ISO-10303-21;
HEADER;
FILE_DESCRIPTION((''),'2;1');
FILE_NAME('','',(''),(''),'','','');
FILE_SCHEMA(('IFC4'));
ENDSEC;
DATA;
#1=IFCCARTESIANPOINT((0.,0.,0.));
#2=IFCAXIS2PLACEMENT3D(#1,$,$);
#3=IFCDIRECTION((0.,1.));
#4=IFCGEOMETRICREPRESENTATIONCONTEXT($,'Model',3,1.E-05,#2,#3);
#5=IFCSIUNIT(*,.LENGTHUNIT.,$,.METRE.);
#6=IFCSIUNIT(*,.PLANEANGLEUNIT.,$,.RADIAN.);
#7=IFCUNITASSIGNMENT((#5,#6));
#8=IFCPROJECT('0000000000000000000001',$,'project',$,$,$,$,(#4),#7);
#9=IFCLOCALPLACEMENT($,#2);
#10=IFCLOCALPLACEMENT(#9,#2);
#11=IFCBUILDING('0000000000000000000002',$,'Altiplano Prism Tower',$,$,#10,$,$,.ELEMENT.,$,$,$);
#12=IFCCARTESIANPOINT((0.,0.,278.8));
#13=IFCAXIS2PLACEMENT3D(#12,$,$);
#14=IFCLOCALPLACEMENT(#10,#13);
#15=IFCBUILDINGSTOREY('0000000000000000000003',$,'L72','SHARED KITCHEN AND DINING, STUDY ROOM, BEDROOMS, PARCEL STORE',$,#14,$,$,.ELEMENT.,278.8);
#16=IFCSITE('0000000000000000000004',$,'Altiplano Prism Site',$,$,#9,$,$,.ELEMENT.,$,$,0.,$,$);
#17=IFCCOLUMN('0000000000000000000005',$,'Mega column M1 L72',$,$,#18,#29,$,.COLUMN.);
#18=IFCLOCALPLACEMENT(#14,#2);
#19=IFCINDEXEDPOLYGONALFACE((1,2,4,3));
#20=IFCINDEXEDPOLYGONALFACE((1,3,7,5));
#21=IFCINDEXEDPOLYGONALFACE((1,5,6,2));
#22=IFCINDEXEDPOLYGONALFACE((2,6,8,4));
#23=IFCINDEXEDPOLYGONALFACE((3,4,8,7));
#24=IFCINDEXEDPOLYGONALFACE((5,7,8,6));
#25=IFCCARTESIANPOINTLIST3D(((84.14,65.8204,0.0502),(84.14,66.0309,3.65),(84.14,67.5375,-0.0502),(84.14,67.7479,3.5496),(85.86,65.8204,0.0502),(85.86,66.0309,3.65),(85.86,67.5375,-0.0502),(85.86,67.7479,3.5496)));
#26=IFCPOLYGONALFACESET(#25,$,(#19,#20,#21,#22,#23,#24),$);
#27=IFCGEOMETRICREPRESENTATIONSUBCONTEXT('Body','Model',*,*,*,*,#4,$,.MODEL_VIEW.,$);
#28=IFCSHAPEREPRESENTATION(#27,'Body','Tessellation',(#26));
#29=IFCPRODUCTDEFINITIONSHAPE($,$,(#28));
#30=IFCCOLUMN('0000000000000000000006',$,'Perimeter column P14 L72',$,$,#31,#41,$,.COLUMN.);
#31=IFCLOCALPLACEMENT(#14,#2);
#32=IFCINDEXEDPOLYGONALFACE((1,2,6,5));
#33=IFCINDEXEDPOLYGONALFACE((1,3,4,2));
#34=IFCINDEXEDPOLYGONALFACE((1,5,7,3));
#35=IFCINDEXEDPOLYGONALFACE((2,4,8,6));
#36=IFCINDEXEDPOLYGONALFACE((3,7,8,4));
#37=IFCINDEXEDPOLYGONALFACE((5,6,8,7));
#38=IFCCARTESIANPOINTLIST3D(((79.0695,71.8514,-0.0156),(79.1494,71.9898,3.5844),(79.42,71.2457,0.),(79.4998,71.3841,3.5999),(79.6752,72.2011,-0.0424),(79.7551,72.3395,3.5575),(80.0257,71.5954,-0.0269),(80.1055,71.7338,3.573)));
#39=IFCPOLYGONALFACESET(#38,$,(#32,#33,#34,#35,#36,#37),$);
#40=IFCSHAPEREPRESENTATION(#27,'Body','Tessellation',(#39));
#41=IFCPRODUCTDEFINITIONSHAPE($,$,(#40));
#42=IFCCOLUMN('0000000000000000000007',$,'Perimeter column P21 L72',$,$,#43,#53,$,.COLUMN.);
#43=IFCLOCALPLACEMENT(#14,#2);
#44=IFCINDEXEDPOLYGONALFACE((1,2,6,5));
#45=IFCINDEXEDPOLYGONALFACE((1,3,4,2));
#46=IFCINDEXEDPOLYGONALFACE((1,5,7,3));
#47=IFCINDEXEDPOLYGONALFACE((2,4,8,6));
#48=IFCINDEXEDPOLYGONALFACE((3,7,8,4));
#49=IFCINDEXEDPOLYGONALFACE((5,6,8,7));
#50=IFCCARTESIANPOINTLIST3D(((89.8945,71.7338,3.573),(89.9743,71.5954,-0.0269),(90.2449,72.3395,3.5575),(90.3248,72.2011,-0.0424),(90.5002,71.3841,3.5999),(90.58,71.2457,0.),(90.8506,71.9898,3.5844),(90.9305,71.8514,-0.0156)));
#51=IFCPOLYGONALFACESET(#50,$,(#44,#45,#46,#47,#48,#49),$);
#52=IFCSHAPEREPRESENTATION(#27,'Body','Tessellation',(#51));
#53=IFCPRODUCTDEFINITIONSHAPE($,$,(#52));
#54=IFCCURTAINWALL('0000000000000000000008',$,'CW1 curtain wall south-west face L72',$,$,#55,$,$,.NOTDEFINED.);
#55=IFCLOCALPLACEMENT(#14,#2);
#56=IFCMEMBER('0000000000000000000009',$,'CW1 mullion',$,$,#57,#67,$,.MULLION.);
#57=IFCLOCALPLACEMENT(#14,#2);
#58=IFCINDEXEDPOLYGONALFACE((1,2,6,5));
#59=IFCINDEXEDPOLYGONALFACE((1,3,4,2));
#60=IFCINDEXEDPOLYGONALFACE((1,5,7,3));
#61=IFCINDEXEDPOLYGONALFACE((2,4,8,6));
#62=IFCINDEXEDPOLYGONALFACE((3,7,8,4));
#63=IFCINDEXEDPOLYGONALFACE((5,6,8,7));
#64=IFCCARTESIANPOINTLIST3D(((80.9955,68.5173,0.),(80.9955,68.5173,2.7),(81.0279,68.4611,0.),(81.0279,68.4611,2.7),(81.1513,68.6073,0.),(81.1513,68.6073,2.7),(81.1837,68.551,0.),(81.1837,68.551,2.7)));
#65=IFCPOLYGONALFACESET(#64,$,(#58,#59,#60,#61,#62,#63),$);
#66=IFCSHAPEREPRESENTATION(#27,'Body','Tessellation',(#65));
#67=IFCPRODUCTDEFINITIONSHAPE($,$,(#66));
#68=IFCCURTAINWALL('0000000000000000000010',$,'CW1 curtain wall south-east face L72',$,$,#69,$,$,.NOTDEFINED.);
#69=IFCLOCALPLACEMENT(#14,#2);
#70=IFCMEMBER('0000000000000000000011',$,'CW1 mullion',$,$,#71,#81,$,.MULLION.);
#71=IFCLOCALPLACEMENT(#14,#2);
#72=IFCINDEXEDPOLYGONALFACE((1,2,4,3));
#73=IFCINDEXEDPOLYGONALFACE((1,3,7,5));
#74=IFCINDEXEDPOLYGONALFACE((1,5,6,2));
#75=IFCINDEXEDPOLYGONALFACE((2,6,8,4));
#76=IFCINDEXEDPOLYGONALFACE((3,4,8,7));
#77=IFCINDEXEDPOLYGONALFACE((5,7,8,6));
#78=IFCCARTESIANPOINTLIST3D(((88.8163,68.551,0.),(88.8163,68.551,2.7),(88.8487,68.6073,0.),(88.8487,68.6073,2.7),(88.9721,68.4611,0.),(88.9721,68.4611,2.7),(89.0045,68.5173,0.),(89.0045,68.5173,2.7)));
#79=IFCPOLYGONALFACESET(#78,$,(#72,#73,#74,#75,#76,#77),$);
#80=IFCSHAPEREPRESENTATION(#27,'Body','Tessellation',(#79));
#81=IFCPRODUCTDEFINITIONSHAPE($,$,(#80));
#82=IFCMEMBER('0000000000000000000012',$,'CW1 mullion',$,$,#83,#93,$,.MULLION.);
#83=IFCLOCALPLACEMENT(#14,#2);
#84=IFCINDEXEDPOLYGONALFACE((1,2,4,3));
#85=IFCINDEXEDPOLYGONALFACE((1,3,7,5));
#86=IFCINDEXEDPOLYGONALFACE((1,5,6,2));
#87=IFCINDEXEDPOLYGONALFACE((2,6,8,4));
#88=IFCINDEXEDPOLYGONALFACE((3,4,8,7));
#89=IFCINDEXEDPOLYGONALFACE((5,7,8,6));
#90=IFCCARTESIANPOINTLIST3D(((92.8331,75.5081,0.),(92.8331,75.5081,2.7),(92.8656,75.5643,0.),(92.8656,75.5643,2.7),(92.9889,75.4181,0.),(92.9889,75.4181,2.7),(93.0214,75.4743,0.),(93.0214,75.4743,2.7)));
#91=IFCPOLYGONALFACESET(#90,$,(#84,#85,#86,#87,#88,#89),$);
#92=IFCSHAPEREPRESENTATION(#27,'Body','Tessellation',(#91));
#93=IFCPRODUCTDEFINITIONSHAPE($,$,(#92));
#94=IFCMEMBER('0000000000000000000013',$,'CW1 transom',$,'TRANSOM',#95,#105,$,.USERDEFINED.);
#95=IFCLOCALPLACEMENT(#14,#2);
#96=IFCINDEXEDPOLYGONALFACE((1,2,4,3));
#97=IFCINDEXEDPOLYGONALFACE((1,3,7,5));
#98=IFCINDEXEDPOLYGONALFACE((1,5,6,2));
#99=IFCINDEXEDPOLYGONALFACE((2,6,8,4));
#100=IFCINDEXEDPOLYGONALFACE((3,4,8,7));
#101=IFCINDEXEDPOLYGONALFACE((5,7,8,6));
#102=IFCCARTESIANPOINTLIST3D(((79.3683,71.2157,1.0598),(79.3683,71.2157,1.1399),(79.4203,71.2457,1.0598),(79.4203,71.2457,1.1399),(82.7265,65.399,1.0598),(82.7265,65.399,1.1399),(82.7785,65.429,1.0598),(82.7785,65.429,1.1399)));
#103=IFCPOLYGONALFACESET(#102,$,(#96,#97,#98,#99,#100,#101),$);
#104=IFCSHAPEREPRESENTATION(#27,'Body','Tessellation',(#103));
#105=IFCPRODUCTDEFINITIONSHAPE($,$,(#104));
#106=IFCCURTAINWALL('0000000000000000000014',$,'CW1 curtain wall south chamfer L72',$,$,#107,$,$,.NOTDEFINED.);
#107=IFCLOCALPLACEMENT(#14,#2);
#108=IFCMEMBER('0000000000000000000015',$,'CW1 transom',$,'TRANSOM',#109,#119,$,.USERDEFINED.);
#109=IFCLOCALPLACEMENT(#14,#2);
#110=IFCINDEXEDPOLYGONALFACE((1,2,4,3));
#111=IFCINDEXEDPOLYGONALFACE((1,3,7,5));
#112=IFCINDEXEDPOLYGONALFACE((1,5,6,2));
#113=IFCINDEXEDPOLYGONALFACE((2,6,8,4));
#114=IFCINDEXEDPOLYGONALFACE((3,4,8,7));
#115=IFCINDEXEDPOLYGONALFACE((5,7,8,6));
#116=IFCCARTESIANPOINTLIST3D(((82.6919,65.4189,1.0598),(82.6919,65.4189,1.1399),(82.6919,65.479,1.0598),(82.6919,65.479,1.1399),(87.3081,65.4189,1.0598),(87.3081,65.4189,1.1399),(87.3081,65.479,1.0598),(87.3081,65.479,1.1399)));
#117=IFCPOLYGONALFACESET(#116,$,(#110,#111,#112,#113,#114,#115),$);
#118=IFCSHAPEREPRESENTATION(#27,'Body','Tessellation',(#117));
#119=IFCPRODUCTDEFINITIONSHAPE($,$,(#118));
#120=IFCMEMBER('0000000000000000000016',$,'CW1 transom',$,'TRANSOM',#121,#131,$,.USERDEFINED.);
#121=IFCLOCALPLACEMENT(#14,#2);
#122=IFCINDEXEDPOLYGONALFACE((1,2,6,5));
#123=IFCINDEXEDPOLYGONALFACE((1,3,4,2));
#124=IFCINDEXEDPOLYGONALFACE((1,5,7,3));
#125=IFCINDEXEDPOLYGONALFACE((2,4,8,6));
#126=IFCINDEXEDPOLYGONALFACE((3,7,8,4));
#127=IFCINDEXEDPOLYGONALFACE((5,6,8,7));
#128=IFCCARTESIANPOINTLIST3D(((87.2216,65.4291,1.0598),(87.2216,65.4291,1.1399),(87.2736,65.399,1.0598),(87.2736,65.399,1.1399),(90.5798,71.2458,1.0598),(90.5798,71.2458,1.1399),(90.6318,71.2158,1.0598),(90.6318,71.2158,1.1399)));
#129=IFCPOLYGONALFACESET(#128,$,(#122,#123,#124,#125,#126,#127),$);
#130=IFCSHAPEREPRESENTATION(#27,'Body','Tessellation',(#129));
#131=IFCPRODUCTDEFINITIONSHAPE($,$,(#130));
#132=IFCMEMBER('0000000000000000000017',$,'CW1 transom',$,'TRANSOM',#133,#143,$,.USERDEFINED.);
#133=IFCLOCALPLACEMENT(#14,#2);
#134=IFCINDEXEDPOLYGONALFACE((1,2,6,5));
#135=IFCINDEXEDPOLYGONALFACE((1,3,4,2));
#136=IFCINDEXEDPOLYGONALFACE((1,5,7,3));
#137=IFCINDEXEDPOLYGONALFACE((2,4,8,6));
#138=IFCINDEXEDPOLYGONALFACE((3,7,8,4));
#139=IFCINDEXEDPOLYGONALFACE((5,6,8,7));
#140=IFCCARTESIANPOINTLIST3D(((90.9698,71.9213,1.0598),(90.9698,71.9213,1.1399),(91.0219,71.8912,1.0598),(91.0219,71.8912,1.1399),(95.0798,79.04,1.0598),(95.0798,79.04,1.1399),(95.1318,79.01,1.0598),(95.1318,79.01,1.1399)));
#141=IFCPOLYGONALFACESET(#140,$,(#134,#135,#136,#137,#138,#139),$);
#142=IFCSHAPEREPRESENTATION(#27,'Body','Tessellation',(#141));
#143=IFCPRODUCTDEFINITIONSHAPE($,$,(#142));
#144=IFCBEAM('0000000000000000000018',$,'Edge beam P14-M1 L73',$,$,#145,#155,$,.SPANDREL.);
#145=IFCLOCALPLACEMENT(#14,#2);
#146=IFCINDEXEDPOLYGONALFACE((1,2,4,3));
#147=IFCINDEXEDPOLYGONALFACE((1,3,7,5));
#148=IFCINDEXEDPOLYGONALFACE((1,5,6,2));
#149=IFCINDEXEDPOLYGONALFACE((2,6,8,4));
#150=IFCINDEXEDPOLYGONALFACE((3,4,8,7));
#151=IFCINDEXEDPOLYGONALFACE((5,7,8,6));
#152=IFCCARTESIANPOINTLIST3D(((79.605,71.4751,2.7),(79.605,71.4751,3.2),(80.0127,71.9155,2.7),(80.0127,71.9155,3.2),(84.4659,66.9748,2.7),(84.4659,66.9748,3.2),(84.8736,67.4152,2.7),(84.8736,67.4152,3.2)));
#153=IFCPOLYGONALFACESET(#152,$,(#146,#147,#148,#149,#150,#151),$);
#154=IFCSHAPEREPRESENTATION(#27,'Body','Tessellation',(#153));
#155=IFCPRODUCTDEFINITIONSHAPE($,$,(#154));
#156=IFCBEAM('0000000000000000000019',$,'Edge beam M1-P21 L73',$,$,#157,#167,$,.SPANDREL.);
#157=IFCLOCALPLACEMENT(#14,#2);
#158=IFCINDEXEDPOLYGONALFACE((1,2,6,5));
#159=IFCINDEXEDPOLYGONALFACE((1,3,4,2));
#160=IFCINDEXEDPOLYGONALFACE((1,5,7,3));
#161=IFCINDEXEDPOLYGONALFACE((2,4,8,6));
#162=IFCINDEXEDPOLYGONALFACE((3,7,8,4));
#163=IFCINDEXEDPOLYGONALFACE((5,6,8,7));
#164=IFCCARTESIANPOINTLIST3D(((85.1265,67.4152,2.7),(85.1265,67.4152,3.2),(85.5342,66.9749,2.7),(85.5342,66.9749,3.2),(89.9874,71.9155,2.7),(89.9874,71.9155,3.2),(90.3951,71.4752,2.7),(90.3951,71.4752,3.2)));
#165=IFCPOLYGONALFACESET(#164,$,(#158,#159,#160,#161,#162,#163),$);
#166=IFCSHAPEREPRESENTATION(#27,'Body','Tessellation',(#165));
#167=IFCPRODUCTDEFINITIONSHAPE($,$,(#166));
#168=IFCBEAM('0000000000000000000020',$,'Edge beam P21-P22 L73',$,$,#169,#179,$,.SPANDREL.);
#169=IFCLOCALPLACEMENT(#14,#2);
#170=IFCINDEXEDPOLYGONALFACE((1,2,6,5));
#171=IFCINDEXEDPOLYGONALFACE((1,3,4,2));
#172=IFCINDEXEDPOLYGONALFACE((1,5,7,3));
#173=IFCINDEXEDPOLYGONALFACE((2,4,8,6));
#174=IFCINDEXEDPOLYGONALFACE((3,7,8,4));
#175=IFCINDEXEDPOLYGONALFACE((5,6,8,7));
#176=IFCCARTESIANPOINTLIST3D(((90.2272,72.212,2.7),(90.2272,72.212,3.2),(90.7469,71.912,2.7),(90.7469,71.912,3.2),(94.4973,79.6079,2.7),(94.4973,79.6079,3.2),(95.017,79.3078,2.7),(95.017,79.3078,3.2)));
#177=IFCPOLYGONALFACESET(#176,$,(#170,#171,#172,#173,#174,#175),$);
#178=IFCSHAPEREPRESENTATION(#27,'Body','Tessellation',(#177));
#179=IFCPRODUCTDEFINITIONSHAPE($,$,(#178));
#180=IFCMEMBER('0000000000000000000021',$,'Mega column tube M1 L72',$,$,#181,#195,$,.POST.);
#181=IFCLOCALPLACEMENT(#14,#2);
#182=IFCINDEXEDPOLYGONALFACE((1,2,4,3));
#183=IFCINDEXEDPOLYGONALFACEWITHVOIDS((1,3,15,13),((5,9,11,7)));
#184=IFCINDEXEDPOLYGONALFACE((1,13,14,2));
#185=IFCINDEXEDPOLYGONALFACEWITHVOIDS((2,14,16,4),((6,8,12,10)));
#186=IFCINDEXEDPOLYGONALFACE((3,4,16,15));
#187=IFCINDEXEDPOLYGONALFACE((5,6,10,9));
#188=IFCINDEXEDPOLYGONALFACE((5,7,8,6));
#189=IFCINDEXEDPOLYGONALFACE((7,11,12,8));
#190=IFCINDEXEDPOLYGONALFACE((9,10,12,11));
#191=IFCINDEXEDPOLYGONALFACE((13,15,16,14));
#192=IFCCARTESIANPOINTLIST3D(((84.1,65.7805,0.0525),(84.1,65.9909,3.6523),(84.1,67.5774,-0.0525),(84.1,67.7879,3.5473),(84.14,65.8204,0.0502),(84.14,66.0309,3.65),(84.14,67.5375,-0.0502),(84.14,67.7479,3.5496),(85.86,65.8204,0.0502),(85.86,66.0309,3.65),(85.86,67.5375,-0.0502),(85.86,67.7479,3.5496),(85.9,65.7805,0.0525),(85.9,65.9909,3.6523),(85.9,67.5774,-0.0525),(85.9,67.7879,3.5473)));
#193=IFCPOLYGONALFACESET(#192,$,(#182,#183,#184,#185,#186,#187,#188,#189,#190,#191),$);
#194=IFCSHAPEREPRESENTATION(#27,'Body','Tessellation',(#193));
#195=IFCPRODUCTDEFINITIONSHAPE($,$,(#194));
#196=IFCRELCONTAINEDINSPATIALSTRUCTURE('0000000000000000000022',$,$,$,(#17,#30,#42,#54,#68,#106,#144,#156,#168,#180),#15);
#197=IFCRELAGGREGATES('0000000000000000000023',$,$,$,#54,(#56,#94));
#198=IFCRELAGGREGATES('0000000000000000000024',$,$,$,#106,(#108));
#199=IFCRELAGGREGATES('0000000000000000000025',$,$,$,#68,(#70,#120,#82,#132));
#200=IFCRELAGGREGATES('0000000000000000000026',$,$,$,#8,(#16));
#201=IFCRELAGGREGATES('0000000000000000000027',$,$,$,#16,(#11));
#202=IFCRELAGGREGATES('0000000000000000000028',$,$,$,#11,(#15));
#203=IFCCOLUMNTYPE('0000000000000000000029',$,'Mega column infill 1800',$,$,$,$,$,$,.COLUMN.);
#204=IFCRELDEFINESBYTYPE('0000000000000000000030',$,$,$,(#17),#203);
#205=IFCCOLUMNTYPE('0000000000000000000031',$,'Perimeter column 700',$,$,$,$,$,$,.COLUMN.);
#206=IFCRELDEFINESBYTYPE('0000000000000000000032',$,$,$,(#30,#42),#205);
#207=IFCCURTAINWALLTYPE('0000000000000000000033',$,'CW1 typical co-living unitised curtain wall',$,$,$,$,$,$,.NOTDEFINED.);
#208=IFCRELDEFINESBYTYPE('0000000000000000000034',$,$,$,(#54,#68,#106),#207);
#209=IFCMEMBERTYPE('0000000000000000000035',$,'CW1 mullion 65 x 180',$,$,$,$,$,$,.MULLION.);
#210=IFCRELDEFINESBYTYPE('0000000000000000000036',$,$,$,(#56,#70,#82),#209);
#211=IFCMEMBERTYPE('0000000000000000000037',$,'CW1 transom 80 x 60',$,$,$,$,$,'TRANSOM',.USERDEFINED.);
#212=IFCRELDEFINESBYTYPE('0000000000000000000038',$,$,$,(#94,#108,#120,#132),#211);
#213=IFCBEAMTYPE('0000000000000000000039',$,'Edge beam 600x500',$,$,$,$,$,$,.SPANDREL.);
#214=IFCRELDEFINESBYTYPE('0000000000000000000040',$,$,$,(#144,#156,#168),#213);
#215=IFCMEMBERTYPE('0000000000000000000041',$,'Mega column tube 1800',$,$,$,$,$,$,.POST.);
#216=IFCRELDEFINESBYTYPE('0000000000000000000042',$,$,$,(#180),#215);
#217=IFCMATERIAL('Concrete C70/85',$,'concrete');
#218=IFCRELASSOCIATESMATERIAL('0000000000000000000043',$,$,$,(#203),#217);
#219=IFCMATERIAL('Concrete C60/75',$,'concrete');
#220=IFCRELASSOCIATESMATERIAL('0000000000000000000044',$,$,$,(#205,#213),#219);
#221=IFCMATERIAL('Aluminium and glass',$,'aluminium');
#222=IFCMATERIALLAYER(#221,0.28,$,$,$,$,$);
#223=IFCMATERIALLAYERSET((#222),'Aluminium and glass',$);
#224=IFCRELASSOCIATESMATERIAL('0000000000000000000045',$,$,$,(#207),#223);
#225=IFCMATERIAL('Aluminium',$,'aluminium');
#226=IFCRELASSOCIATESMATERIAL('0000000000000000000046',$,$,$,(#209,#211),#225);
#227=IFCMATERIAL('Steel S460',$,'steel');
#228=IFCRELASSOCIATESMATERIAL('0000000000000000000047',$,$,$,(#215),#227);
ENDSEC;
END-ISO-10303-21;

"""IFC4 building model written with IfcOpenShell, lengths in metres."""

from ifc_helpers import new_model, si_unit, direction, frame, origin, origin_2d, place, context, subcontext, project, spatial, rectangle, hollow_rectangle, extrude, material, layer, layer_set, material_profile, profile_set, type_object, element, aggregate, save


model = new_model("IFC4")

# Units and contexts
model_context = context("Model", 3, precision=1e-05, world=origin(), true_north=direction((0.0, 1.0)))
body_context = subcontext(model_context, "Body", "Model", "MODEL_VIEW")
ifc_project = project(units=[si_unit("LENGTHUNIT", "METRE"), si_unit("PLANEANGLEUNIT", "RADIAN")], contexts=[model_context])

# Site, building, storey
site_placement = place(None, origin())
site = spatial("IfcSite", under=ifc_project, at=site_placement, Name="Altiplano Prism Site", CompositionType="ELEMENT", RefElevation=0.0)
building_placement = place(site_placement, origin())
building = spatial("IfcBuilding", under=site, at=building_placement, Name="Altiplano Prism Tower", CompositionType="ELEMENT")
storey_placement = place(building_placement, frame((0.0, 0.0, 278.8)))
storey = spatial("IfcBuildingStorey", under=building, at=storey_placement, Name="L72", Description="SHARED KITCHEN AND DINING, STUDY ROOM, BEDROOMS, PARCEL STORE", CompositionType="ELEMENT", Elevation=278.8)

# Columns
ifc_material_1 = material(Name="Concrete C70/85", Category="concrete")
ifc_material_profile_1 = material_profile(ifc_material_1, rectangle(XDim=1.72, YDim=1.72, at=origin_2d()), Name="Mega column infill 1800")
ifc_profile_set_1 = profile_set([ifc_material_profile_1], Name="Concrete C70/85")
column_type_1 = type_object("IfcColumnType", Name="Mega column infill 1800", PredefinedType="COLUMN", material=ifc_profile_set_1)
column_placement = place(storey_placement, frame((85.0, 66.679, 0.0), z_axis=(0.0, 0.058361, 0.998296), x_axis=(-1.0, 0.0, 0.0)))
element("IfcColumn", 1, at=column_placement, inside=storey, type_object=column_type_1, Name="Mega column M1 L72", PredefinedType="COLUMN", context=body_context, shape_type="SweptSolid", body=[
    extrude(rectangle(XDim=1.72, YDim=1.72, at=origin_2d()), origin(), (0.0, 0.0, 1.0), 3.606),
])
ifc_material_2 = material(Name="Concrete C60/75", Category="concrete")
ifc_material_profile_2 = material_profile(ifc_material_2, rectangle(XDim=0.7, YDim=0.7, at=origin_2d()), Name="Perimeter column 700")
ifc_profile_set_2 = profile_set([ifc_material_profile_2], Name="Concrete C60/75")
column_type_2 = type_object("IfcColumnType", Name="Perimeter column 700", PredefinedType="COLUMN", material=ifc_profile_set_2)
for number, where, z_axis, x_axis, name in (
    (2, (79.5476, 71.7234, -0.0212), (0.022155, 0.038416, 0.999016), (-0.865362, -0.499674, 0.038405), "Perimeter column P14 L72"),
    (3, (90.4524, 71.7234, -0.0212), (-0.022155, 0.038416, 0.999016), (-0.500657, -0.865361, 0.022173), "Perimeter column P21 L72"),
):
    element("IfcColumn", number, at=place(storey_placement, frame(where, z_axis=z_axis, x_axis=x_axis)), inside=storey, type_object=column_type_2, Name=name, PredefinedType="COLUMN", context=body_context, shape_type="SweptSolid", body=[
        extrude(rectangle(XDim=0.7, YDim=0.7, at=origin_2d()), origin(), (0.0, 0.0, 1.0), 3.6035),
    ])

# Curtain wall, member
ifc_material_3 = material(Name="Aluminium and glass", Category="aluminium")
ifc_layer_1 = layer(ifc_material_3, 0.28)
ifc_layer_set_1 = layer_set([ifc_layer_1], Name="Aluminium and glass")
curtain_wall_type = type_object("IfcCurtainWallType", Name="CW1 typical co-living unitised curtain wall", PredefinedType="NOTDEFINED", material=ifc_layer_set_1)
curtain_wall_1_placement = place(storey_placement, origin())
curtain_wall_1 = element("IfcCurtainWall", 4, at=curtain_wall_1_placement, inside=storey, type_object=curtain_wall_type, Name="CW1 curtain wall south-west face L72", PredefinedType="NOTDEFINED")
ifc_material_4 = material(Name="Aluminium", Category="aluminium")
ifc_material_profile_3 = material_profile(ifc_material_4, rectangle(XDim=0.1799, YDim=0.0649, at=origin_2d()), Name="CW1 mullion 65 x 180")
ifc_profile_set_3 = profile_set([ifc_material_profile_3], Name="Aluminium")
member_type_1 = type_object("IfcMemberType", Name="CW1 mullion 65 x 180", PredefinedType="MULLION", material=ifc_profile_set_3)
member_1_placement = place(storey_placement, frame((81.0896, 68.5342, 0.0), z_axis=(0.0, 0.0, 1.0), x_axis=(0.866025, 0.5, 0.0)))
member_1 = element("IfcMember", 5, at=member_1_placement, type_object=member_type_1, Name="CW1 mullion", PredefinedType="MULLION", context=body_context, shape_type="SweptSolid", body=[
    extrude(rectangle(XDim=0.1799, YDim=0.0649, at=origin_2d()), origin(), (0.0, 0.0, 1.0), 2.7),
])

# Curtain wall, members
curtain_wall_2_placement = place(storey_placement, origin())
curtain_wall_2 = element("IfcCurtainWall", 6, at=curtain_wall_2_placement, inside=storey, type_object=curtain_wall_type, Name="CW1 curtain wall south-east face L72", PredefinedType="NOTDEFINED")
member_2_placement = place(storey_placement, frame((88.9104, 68.5342, 0.0), z_axis=(0.0, 0.0, 1.0), x_axis=(-0.866025, 0.5, 0.0)))
member_2 = element("IfcMember", 7, at=member_2_placement, type_object=member_type_1, Name="CW1 mullion", PredefinedType="MULLION", context=body_context, shape_type="SweptSolid", body=[
    extrude(rectangle(XDim=0.1799, YDim=0.0649, at=origin_2d()), origin(), (0.0, 0.0, 1.0), 2.7),
])
member_3_placement = place(storey_placement, frame((92.9272, 75.4912, 0.0), z_axis=(0.0, 0.0, 1.0), x_axis=(-0.866025, 0.5, 0.0)))
member_3 = element("IfcMember", 8, at=member_3_placement, type_object=member_type_1, Name="CW1 mullion", PredefinedType="MULLION", context=body_context, shape_type="SweptSolid", body=[
    extrude(rectangle(XDim=0.1799, YDim=0.0649, at=origin_2d()), origin(), (0.0, 0.0, 1.0), 2.7),
])

# Member
ifc_material_profile_4 = material_profile(ifc_material_4, rectangle(XDim=0.0601, YDim=0.0801, at=origin_2d()), Name="CW1 transom 80 x 60")
ifc_profile_set_4 = profile_set([ifc_material_profile_4], Name="Aluminium")
member_type_2 = type_object("IfcMemberType", Name="CW1 transom 80 x 60", ElementType="TRANSOM", PredefinedType="USERDEFINED", material=ifc_profile_set_4)
member_4_placement = place(storey_placement, frame((79.3943, 71.2307, 1.0999), z_axis=(0.49999, -0.866031, 0.0), x_axis=(0.866031, 0.49999, 0.0)))
member_4 = element("IfcMember", 9, at=member_4_placement, type_object=member_type_2, Name="CW1 transom", ObjectType="TRANSOM", PredefinedType="USERDEFINED", context=body_context, shape_type="SweptSolid", body=[
    extrude(rectangle(XDim=0.0601, YDim=0.0801, at=origin_2d()), origin(), (0.0, 0.0, 1.0), 6.7166),
])

# Curtain wall, member
curtain_wall_3_placement = place(storey_placement, origin())
curtain_wall_3 = element("IfcCurtainWall", 10, at=curtain_wall_3_placement, inside=storey, type_object=curtain_wall_type, Name="CW1 curtain wall south chamfer L72", PredefinedType="NOTDEFINED")
member_5_placement = place(storey_placement, frame((82.6919, 65.449, 1.0999), z_axis=(1.0, 0.0, 0.0), x_axis=(0.0, 1.0, 0.0)))
member_5 = element("IfcMember", 11, at=member_5_placement, type_object=member_type_2, Name="CW1 transom", ObjectType="TRANSOM", PredefinedType="USERDEFINED", context=body_context, shape_type="SweptSolid", body=[
    extrude(rectangle(XDim=0.0601, YDim=0.0801, at=origin_2d()), origin(), (0.0, 0.0, 1.0), 4.6162),
])

# Members
member_6_placement = place(storey_placement, frame((87.2476, 65.4141, 1.0999), z_axis=(0.49999, 0.866031, 0.0), x_axis=(-0.866031, 0.49999, 0.0)))
member_6 = element("IfcMember", 12, at=member_6_placement, type_object=member_type_2, Name="CW1 transom", ObjectType="TRANSOM", PredefinedType="USERDEFINED", context=body_context, shape_type="SweptSolid", body=[
    extrude(rectangle(XDim=0.0601, YDim=0.0801, at=origin_2d()), origin(), (0.0, 0.0, 1.0), 6.7166),
])
member_7_placement = place(storey_placement, frame((90.9958, 71.9062, 1.0999), z_axis=(0.499992, 0.86603, 0.0), x_axis=(-0.86603, 0.499992, 0.0)))
member_7 = element("IfcMember", 13, at=member_7_placement, type_object=member_type_2, Name="CW1 transom", ObjectType="TRANSOM", PredefinedType="USERDEFINED", context=body_context, shape_type="SweptSolid", body=[
    extrude(rectangle(XDim=0.0601, YDim=0.0801, at=origin_2d()), origin(), (0.0, 0.0, 1.0), 8.22),
])

# Beams
ifc_material_profile_5 = material_profile(ifc_material_2, rectangle(XDim=0.6001, YDim=0.5, at=origin_2d()), Name="Edge beam 600x500")
ifc_profile_set_5 = profile_set([ifc_material_profile_5], Name="Concrete C60/75")
beam_type = type_object("IfcBeamType", Name="Edge beam 600x500", PredefinedType="SPANDREL", material=ifc_profile_set_5)
for number, where, z_axis, x_axis, name in (
    (14, (79.8088, 71.6953, 2.95), (0.733801, -0.679365, 0.0), (0.679365, 0.733801, 0.0), "Edge beam P14-M1 L73"),
    (15, (85.3303, 67.1951, 2.95), (0.733801, 0.679365, 0.0), (-0.679365, 0.733801, 0.0), "Edge beam M1-P21 L73"),
):
    element("IfcBeam", number, at=place(storey_placement, frame(where, z_axis=z_axis, x_axis=x_axis)), inside=storey, type_object=beam_type, Name=name, PredefinedType="SPANDREL", context=body_context, shape_type="SweptSolid", body=[
        extrude(rectangle(XDim=0.6001, YDim=0.5, at=origin_2d()), origin(), (0.0, 0.0, 1.0), 6.6243),
    ])
beam_placement = place(storey_placement, frame((90.4871, 72.062, 2.95), z_axis=(0.500007, 0.866021, 0.0), x_axis=(-0.866021, 0.500007, 0.0)))
element("IfcBeam", 16, at=beam_placement, inside=storey, type_object=beam_type, Name="Edge beam P21-P22 L73", PredefinedType="SPANDREL", context=body_context, shape_type="SweptSolid", body=[
    extrude(rectangle(XDim=0.6001, YDim=0.5, at=origin_2d()), origin(), (0.0, 0.0, 1.0), 8.54),
])

# Member
ifc_material_5 = material(Name="Steel S460", Category="steel")
ifc_material_profile_6 = material_profile(ifc_material_5, hollow_rectangle(XDim=1.8, YDim=1.8, WallThickness=0.04, at=origin_2d()), Name="Mega column tube 1800")
ifc_profile_set_6 = profile_set([ifc_material_profile_6], Name="Steel S460")
member_type_3 = type_object("IfcMemberType", Name="Mega column tube 1800", PredefinedType="POST", material=ifc_profile_set_6)
member_8_placement = place(storey_placement, frame((85.0, 66.679, 0.0), z_axis=(0.0, 0.058361, 0.998296), x_axis=(-1.0, 0.0, 0.0)))
element("IfcMember", 17, at=member_8_placement, inside=storey, type_object=member_type_3, Name="Mega column tube M1 L72", PredefinedType="POST", context=body_context, shape_type="SweptSolid", body=[
    extrude(hollow_rectangle(XDim=1.8, YDim=1.8, WallThickness=0.04, at=origin_2d()), origin(), (0.0, 0.0, 1.0), 3.606),
])

aggregate(curtain_wall_1, [member_1, member_4])
aggregate(curtain_wall_3, [member_5])
aggregate(curtain_wall_2, [member_2, member_6, member_3, member_7])

save(model, "model.ifc")
